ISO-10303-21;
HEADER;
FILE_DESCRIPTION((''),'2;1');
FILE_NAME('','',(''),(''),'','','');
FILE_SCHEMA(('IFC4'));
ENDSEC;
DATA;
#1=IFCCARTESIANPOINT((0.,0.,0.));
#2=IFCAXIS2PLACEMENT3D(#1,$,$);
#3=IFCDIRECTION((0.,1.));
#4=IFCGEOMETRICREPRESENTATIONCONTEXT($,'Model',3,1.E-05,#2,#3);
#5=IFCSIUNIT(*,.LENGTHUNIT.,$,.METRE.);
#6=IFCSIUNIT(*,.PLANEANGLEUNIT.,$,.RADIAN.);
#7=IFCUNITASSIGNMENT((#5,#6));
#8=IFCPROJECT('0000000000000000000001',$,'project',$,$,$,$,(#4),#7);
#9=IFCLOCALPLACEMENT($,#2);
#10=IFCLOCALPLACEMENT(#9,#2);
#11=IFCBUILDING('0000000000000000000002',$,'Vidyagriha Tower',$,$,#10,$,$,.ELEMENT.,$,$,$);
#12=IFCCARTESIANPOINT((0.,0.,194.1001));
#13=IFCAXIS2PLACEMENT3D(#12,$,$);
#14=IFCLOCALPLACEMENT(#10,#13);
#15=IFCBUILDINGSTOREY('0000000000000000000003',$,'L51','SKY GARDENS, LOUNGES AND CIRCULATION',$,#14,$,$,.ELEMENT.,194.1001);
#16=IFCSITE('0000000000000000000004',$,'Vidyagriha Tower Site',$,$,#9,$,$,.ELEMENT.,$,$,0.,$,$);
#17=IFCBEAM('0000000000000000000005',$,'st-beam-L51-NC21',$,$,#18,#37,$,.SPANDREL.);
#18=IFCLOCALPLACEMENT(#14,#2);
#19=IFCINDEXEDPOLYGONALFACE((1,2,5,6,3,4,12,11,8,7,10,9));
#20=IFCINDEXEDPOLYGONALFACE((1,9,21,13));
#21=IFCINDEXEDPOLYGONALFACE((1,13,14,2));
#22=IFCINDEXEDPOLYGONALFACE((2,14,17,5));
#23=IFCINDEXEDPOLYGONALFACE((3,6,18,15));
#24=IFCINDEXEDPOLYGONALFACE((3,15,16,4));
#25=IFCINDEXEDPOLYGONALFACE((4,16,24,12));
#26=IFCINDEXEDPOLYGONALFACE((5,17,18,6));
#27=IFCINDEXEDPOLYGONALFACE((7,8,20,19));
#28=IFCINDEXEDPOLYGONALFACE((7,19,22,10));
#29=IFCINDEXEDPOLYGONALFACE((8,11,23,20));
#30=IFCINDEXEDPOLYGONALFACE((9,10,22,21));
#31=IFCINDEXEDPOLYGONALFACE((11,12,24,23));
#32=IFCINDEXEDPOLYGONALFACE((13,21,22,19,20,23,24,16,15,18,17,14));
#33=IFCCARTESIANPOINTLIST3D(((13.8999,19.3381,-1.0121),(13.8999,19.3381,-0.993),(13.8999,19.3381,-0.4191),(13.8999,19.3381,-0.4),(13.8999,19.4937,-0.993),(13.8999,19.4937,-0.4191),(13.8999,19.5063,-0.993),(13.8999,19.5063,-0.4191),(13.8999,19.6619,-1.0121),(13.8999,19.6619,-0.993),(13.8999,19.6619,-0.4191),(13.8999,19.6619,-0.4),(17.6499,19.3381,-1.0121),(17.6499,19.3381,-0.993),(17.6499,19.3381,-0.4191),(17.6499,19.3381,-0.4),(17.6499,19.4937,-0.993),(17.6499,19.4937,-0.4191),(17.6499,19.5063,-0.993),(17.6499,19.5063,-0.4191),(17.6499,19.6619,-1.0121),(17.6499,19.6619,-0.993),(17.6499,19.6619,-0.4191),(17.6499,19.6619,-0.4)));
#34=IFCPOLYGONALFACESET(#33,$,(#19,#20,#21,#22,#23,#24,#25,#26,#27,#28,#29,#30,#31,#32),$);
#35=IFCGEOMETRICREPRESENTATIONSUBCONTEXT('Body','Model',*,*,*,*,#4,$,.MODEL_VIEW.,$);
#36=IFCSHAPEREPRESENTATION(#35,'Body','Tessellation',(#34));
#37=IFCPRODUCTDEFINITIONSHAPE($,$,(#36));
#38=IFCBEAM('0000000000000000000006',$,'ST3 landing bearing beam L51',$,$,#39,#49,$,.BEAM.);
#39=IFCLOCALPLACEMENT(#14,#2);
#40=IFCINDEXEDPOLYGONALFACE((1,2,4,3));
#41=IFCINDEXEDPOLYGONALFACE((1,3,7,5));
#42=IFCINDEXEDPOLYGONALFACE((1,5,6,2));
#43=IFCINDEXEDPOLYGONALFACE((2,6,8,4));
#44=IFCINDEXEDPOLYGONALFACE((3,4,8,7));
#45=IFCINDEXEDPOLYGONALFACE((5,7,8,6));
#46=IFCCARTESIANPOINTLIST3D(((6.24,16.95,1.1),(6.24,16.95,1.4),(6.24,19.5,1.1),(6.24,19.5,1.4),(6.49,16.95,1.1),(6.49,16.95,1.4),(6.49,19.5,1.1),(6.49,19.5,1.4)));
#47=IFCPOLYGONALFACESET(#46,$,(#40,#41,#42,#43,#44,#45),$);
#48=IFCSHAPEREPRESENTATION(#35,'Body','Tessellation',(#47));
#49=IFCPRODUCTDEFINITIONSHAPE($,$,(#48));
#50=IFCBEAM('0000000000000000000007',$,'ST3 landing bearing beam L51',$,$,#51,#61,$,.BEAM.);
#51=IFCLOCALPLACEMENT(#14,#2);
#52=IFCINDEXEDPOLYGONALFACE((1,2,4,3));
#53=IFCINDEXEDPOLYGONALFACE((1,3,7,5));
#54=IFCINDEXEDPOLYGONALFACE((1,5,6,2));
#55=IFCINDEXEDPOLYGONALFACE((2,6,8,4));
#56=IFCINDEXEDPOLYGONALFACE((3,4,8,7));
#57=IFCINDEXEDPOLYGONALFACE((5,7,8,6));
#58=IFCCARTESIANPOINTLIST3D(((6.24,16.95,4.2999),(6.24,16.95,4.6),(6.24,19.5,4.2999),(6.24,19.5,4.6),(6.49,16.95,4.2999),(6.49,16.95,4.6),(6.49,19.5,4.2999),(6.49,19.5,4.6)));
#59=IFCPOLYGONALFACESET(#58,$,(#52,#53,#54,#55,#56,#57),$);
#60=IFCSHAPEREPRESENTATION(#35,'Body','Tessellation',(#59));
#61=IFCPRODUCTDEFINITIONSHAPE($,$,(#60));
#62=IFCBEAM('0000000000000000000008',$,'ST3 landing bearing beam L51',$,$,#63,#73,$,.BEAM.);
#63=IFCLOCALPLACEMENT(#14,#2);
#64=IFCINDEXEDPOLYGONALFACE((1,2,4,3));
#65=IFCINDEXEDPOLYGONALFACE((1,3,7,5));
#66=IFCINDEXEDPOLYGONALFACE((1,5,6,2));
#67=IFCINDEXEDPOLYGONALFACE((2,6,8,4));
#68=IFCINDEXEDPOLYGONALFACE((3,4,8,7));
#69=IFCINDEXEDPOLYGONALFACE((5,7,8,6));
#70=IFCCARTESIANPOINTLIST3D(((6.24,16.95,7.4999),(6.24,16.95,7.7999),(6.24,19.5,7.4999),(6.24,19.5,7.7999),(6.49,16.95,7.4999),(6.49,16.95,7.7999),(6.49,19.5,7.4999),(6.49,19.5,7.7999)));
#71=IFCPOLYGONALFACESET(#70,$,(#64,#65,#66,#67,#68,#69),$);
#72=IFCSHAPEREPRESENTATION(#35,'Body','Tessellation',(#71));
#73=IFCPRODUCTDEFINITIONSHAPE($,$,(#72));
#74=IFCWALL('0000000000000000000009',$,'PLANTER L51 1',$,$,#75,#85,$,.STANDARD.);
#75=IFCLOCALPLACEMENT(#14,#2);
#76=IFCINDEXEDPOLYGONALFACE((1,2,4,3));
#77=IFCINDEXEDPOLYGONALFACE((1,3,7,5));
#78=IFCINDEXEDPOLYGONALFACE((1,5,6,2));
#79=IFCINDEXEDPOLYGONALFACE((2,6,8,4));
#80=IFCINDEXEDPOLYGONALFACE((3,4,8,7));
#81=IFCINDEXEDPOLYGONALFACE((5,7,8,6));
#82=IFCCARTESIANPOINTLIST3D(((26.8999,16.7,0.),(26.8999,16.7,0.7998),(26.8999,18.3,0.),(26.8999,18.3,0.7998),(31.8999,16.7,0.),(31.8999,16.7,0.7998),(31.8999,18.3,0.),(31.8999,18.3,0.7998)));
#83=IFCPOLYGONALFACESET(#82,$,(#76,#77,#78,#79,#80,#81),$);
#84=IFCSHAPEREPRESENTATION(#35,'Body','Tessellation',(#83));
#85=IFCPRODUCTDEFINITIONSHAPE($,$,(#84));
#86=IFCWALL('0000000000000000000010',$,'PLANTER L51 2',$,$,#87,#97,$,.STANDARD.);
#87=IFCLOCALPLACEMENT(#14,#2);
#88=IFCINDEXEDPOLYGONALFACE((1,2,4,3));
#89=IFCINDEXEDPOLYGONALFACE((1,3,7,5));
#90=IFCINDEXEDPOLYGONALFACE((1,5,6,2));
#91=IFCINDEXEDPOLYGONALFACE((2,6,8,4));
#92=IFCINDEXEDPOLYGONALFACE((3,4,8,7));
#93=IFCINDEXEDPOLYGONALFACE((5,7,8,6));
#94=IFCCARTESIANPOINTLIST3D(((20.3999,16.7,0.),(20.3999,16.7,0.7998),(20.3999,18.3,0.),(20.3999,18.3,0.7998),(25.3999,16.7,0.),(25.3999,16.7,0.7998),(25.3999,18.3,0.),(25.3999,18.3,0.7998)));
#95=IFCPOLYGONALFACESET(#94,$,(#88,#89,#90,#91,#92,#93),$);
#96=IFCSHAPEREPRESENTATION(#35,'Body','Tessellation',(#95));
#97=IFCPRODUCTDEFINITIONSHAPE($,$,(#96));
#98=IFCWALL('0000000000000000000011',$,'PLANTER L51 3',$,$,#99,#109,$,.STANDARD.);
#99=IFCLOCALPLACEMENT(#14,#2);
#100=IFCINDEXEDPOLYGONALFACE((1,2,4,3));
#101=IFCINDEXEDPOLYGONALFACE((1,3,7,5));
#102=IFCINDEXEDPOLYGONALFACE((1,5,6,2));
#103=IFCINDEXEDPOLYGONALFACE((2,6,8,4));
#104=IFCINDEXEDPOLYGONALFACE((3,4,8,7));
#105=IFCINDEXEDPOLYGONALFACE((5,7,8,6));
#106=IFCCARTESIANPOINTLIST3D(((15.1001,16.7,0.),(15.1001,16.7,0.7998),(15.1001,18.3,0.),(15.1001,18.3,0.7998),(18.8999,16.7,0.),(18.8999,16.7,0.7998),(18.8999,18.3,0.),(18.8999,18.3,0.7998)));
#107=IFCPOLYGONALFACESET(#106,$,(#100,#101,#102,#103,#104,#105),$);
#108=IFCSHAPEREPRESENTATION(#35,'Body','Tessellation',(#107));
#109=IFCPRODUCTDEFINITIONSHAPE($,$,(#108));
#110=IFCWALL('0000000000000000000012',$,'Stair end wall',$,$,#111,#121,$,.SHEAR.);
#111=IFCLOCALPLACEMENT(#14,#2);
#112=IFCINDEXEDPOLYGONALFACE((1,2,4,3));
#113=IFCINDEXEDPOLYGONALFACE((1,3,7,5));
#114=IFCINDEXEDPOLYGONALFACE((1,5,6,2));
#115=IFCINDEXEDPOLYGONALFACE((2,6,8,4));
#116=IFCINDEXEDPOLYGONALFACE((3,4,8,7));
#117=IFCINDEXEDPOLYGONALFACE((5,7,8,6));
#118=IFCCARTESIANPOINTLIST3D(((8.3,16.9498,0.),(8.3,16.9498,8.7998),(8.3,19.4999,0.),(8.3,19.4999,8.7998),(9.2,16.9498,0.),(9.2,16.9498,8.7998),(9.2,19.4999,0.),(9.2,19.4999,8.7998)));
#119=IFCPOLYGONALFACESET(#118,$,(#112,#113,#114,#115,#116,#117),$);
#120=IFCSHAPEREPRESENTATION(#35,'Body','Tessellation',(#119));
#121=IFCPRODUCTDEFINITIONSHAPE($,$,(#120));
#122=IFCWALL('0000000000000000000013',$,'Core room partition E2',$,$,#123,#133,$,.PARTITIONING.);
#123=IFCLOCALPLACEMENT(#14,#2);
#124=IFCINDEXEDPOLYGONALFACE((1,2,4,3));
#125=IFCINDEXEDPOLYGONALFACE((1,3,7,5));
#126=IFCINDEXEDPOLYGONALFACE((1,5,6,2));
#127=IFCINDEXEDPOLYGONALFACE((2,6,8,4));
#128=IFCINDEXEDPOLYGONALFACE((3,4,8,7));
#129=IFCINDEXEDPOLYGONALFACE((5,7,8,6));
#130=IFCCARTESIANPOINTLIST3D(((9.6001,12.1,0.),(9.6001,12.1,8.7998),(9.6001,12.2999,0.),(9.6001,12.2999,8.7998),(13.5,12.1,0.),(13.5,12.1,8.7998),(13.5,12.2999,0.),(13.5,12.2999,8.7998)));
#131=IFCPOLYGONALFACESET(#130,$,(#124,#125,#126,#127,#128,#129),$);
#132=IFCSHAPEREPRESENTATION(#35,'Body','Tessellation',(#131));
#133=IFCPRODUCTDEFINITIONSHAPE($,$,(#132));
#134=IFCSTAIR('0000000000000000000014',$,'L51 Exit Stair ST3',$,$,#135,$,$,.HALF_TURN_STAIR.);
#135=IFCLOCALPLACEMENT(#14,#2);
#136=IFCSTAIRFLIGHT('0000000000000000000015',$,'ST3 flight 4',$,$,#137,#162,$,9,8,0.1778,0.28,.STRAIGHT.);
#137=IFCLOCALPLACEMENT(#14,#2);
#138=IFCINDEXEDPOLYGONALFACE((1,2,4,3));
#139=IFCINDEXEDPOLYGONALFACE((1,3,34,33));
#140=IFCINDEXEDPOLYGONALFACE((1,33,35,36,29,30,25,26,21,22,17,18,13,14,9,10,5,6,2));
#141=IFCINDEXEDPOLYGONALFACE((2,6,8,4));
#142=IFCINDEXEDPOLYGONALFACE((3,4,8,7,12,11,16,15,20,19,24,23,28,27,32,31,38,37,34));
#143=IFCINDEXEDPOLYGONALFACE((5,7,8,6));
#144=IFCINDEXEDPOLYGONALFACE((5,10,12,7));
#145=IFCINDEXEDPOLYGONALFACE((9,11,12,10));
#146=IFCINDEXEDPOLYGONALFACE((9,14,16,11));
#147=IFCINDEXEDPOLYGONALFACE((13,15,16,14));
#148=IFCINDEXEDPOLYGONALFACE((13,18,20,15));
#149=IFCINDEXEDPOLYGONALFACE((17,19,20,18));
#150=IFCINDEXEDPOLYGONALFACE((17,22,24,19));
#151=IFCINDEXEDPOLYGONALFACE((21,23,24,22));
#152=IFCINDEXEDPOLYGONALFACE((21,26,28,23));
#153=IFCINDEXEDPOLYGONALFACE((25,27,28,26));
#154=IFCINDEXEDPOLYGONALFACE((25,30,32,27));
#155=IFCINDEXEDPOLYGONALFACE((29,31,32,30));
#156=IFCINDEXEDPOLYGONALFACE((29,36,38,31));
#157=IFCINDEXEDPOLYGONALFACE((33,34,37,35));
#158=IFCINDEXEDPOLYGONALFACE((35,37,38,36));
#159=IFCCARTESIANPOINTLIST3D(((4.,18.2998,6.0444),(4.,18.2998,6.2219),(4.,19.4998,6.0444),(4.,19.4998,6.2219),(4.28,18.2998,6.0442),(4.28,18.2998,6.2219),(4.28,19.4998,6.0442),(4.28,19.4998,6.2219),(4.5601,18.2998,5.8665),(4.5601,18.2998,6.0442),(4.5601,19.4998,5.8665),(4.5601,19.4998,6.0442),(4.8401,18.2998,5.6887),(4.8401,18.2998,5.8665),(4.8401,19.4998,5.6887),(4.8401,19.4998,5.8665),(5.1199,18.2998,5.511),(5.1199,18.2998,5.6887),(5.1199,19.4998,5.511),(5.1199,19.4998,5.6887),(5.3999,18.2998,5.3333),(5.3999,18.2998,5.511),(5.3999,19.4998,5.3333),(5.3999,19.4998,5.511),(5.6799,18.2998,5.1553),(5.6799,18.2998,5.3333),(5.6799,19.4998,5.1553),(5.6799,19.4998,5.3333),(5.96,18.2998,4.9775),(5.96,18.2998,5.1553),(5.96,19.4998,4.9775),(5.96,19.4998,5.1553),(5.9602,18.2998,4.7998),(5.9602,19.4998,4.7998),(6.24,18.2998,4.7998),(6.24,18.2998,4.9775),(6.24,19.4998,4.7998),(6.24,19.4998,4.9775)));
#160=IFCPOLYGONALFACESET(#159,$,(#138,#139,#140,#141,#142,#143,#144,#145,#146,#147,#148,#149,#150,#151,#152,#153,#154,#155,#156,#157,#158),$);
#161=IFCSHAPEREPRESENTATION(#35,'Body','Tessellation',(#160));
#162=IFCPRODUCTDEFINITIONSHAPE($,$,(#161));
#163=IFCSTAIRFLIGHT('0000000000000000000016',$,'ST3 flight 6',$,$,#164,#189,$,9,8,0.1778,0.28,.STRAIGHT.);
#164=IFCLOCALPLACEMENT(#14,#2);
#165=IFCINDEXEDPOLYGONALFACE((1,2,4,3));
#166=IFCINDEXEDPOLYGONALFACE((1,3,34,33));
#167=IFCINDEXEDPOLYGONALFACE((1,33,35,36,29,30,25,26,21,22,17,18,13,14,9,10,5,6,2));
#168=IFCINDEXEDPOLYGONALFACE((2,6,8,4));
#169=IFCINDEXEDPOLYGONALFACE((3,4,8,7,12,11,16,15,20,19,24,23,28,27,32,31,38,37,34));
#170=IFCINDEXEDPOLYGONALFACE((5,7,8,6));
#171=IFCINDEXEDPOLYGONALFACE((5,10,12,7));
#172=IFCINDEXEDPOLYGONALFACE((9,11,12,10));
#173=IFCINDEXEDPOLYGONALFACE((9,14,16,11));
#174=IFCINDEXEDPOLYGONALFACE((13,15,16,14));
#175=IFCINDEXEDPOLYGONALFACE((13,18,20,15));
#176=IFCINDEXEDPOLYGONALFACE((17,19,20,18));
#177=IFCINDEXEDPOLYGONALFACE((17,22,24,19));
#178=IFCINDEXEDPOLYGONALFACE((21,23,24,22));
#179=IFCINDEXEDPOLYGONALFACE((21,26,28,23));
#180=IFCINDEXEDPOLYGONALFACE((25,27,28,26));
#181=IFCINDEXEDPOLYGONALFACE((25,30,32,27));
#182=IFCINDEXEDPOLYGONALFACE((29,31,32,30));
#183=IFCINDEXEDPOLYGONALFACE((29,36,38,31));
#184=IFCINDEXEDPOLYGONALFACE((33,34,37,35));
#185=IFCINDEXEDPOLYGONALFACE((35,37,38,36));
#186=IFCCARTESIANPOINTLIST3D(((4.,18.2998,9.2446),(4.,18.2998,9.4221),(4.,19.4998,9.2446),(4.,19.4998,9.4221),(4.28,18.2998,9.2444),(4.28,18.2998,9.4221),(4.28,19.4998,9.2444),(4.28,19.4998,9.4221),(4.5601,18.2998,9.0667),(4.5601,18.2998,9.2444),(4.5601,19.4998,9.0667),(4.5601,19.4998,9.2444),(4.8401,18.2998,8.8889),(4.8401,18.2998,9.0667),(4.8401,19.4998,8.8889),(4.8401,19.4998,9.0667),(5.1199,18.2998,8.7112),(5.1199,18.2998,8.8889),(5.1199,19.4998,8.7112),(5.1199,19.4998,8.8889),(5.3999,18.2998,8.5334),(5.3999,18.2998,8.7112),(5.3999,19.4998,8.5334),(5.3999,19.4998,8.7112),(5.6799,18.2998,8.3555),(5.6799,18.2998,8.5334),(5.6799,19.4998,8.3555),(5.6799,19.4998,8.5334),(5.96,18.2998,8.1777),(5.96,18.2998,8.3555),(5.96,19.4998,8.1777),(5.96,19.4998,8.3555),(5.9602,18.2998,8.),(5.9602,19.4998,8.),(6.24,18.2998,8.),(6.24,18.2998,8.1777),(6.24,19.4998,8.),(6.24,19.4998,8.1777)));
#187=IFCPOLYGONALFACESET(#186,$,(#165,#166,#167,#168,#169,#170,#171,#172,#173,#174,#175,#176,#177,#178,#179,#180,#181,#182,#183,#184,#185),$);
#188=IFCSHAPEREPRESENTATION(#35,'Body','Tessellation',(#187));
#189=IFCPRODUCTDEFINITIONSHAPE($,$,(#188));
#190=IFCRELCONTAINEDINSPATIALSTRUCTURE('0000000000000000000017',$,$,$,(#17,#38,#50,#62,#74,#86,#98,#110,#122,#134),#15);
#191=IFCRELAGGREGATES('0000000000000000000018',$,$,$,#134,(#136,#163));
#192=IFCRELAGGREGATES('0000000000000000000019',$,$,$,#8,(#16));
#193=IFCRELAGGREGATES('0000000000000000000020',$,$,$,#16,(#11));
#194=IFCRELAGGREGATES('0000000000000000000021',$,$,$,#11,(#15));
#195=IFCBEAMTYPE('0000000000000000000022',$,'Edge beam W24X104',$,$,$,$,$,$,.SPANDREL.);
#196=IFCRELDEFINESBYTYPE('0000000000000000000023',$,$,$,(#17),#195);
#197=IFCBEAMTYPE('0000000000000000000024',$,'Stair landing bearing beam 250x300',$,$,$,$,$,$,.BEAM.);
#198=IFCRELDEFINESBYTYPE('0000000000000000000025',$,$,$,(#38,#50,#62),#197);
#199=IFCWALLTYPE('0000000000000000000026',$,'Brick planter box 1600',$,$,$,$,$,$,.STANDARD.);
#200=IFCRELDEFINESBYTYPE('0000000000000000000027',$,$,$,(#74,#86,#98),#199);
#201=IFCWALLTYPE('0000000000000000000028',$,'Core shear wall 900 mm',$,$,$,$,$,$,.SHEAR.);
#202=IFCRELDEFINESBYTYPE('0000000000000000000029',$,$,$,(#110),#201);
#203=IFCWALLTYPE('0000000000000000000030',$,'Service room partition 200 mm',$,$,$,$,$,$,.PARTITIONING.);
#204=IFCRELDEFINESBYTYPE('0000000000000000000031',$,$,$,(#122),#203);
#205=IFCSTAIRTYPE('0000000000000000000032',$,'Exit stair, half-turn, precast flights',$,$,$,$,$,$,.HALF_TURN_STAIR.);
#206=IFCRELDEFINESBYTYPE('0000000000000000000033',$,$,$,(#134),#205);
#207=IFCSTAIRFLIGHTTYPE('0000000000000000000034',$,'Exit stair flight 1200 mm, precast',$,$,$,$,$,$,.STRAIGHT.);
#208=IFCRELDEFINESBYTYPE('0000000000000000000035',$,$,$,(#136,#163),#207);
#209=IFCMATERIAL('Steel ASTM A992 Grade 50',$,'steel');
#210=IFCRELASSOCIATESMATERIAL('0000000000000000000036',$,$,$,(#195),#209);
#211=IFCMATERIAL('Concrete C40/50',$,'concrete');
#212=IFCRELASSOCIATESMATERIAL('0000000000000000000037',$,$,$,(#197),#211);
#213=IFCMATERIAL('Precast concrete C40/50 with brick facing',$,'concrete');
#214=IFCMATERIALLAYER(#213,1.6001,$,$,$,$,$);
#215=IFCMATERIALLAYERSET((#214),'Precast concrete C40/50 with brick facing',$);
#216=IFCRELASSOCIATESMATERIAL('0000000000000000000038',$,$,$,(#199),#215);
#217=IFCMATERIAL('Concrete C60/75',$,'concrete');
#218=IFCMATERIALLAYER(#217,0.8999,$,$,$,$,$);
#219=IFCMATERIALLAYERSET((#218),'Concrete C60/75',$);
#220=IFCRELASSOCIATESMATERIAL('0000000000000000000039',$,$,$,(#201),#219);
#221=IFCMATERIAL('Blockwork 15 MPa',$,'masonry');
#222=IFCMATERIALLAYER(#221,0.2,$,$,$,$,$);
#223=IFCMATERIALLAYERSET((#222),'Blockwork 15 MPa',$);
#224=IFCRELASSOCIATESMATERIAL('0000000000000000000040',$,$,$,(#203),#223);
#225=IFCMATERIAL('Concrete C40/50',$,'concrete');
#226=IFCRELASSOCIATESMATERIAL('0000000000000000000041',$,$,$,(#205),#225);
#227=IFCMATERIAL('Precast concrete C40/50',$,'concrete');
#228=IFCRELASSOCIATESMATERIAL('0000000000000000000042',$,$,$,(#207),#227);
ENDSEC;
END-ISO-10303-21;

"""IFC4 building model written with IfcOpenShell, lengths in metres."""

from ifc_helpers import new_model, si_unit, direction, frame, frame_2d, origin, origin_2d, place, context, subcontext, project, spatial, polyline, rectangle, i_section, outline, extrude, material, layer, layer_set, material_profile, profile_set, type_object, element, aggregate, save


model = new_model("IFC4")

# Units and contexts
model_context = context("Model", 3, precision=1e-05, world=origin(), true_north=direction((0.0, 1.0)))
body_context = subcontext(model_context, "Body", "Model", "MODEL_VIEW")
ifc_project = project(units=[si_unit("LENGTHUNIT", "METRE"), si_unit("PLANEANGLEUNIT", "RADIAN")], contexts=[model_context])

# Site, building, storey
site_placement = place(None, origin())
site = spatial("IfcSite", under=ifc_project, at=site_placement, Name="Vidyagriha Tower Site", CompositionType="ELEMENT", RefElevation=0.0)
building_placement = place(site_placement, origin())
building = spatial("IfcBuilding", under=site, at=building_placement, Name="Vidyagriha Tower", CompositionType="ELEMENT")
storey_placement = place(building_placement, frame((0.0, 0.0, 194.1001)))
storey = spatial("IfcBuildingStorey", under=building, at=storey_placement, Name="L51", Description="SKY GARDENS, LOUNGES AND CIRCULATION", CompositionType="ELEMENT", Elevation=194.1001)

# Beams
ifc_material_1 = material(Name="Steel ASTM A992 Grade 50", Category="steel")
ifc_material_profile_1 = material_profile(ifc_material_1, i_section(OverallWidth=0.3237, OverallDepth=0.6121, WebThickness=0.0127, FlangeThickness=0.019, at=origin_2d()), Name="W24X104")
ifc_profile_set_1 = profile_set([ifc_material_profile_1], Name="Steel ASTM A992 Grade 50")
beam_type_1 = type_object("IfcBeamType", Name="Edge beam W24X104", PredefinedType="SPANDREL", material=ifc_profile_set_1)
beam_1_placement = place(storey_placement, frame((13.8999, 19.5, -0.7061), z_axis=(1.0, 0.0, 0.0), x_axis=(0.0, 1.0, 0.0)))
element("IfcBeam", 1, at=beam_1_placement, inside=storey, type_object=beam_type_1, Name="st-beam-L51-NC21", PredefinedType="SPANDREL", context=body_context, shape_type="SweptSolid", body=[
    extrude(i_section(OverallWidth=0.3237, OverallDepth=0.6121, WebThickness=0.0127, FlangeThickness=0.019, at=origin_2d()), origin(), (0.0, 0.0, 1.0), 3.75),
])
ifc_material_2 = material(Name="Concrete C40/50", Category="concrete")
ifc_material_profile_2 = material_profile(ifc_material_2, rectangle(XDim=0.25, YDim=0.3, at=origin_2d()), Name="Stair landing bearing beam 250x300")
ifc_profile_set_2 = profile_set([ifc_material_profile_2], Name="Concrete C40/50")
beam_type_2 = type_object("IfcBeamType", Name="Stair landing bearing beam 250x300", PredefinedType="BEAM", material=ifc_profile_set_2)
for number, where, z_axis, x_axis, name in (
    (2, (6.365, 16.95, 1.25), (0.0, 1.0, 0.0), (-1.0, 0.0, 0.0), "ST3 landing bearing beam L51"),
    (3, (6.365, 16.95, 4.45), (0.0, 1.0, 0.0), (-1.0, 0.0, 0.0), "ST3 landing bearing beam L51"),
    (4, (6.365, 16.95, 7.6499), (0.0, 1.0, 0.0), (-1.0, 0.0, 0.0), "ST3 landing bearing beam L51"),
):
    element("IfcBeam", number, at=place(storey_placement, frame(where, z_axis=z_axis, x_axis=x_axis)), inside=storey, type_object=beam_type_2, Name=name, PredefinedType="BEAM", context=body_context, shape_type="SweptSolid", body=[
        extrude(rectangle(XDim=0.25, YDim=0.3, at=origin_2d()), origin(), (0.0, 0.0, 1.0), 2.55),
    ])

# Walls
ifc_material_3 = material(Name="Precast concrete C40/50 with brick facing", Category="concrete")
ifc_layer_1 = layer(ifc_material_3, 1.6001)
ifc_layer_set_1 = layer_set([ifc_layer_1], Name="Precast concrete C40/50 with brick facing")
wall_type_1 = type_object("IfcWallType", Name="Brick planter box 1600", PredefinedType="STANDARD", material=ifc_layer_set_1)
for number, where, z_axis, x_axis, name in (
    (5, (31.8999, 17.5, 0.0), (0.0, 0.0, 1.0), (-1.0, 0.0, 0.0), "PLANTER L51 1"),
    (6, (25.3999, 17.5, 0.0), (0.0, 0.0, 1.0), (-1.0, 0.0, 0.0), "PLANTER L51 2"),
):
    element("IfcWall", number, at=place(storey_placement, frame(where, z_axis=z_axis, x_axis=x_axis)), inside=storey, type_object=wall_type_1, Name=name, PredefinedType="STANDARD", context=body_context, shape_type="SweptSolid", body=[
        extrude(rectangle(XDim=5.0, YDim=1.6001, at=frame_2d((2.5, 0.0))), origin(), (0.0, 0.0, 1.0), 0.7998),
    ])
wall_1_placement = place(storey_placement, frame((18.8999, 17.5, 0.0), z_axis=(0.0, 0.0, 1.0), x_axis=(-1.0, 0.0, 0.0)))
element("IfcWall", 7, at=wall_1_placement, inside=storey, type_object=wall_type_1, Name="PLANTER L51 3", PredefinedType="STANDARD", context=body_context, shape_type="SweptSolid", body=[
    extrude(rectangle(XDim=3.7998, YDim=1.6001, at=frame_2d((1.8999, 0.0))), origin(), (0.0, 0.0, 1.0), 0.7998),
])
ifc_material_4 = material(Name="Concrete C60/75", Category="concrete")
ifc_layer_2 = layer(ifc_material_4, 0.8999)
ifc_layer_set_2 = layer_set([ifc_layer_2], Name="Concrete C60/75")
wall_type_2 = type_object("IfcWallType", Name="Core shear wall 900 mm", PredefinedType="SHEAR", material=ifc_layer_set_2)
wall_2_placement = place(storey_placement, frame((8.75, 16.95, 0.0), z_axis=(0.0, 0.0, 1.0), x_axis=(0.0, 1.0, 0.0)))
element("IfcWall", 8, at=wall_2_placement, inside=storey, type_object=wall_type_2, Name="Stair end wall", PredefinedType="SHEAR", context=body_context, shape_type="SweptSolid", body=[
    extrude(rectangle(XDim=2.55, YDim=0.8999, at=frame_2d((1.2749, 0.0))), origin(), (0.0, 0.0, 1.0), 8.7998),
])
ifc_material_5 = material(Name="Blockwork 15 MPa", Category="masonry")
ifc_layer_3 = layer(ifc_material_5, 0.2)
ifc_layer_set_3 = layer_set([ifc_layer_3], Name="Blockwork 15 MPa")
wall_type_3 = type_object("IfcWallType", Name="Service room partition 200 mm", PredefinedType="PARTITIONING", material=ifc_layer_set_3)
wall_3_placement = place(storey_placement, frame((9.6001, 12.2, 0.0)))
element("IfcWall", 9, at=wall_3_placement, inside=storey, type_object=wall_type_3, Name="Core room partition E2", PredefinedType="PARTITIONING", context=body_context, shape_type="SweptSolid", body=[
    extrude(rectangle(XDim=3.8999, YDim=0.2, at=frame_2d((1.95, 0.0))), origin(), (0.0, 0.0, 1.0), 8.7998),
])

# Stair, stair flights
ifc_material_6 = material(Name="Concrete C40/50", Category="concrete")
stair_type = type_object("IfcStairType", Name="Exit stair, half-turn, precast flights", PredefinedType="HALF_TURN_STAIR", material=ifc_material_6)
stair_placement = place(storey_placement, origin())
stair = element("IfcStair", 10, at=stair_placement, inside=storey, type_object=stair_type, Name="L51 Exit Stair ST3", PredefinedType="HALF_TURN_STAIR")
ifc_material_7 = material(Name="Precast concrete C40/50", Category="concrete")
stair_flight_type = type_object("IfcStairFlightType", Name="Exit stair flight 1200 mm, precast", PredefinedType="STRAIGHT", material=ifc_material_7)
stair_flight_1_placement = place(storey_placement, frame((6.24, 18.8999, 4.7998), z_axis=(0.0, 0.0, 1.0), x_axis=(-1.0, 0.0, 0.0)))
stair_flight_1 = element("IfcStairFlight", 11, at=stair_flight_1_placement, type_object=stair_flight_type, Name="ST3 flight 4", NumberOfRisers=9, NumberOfTreads=8, PredefinedType="STRAIGHT", RiserHeight=0.1778, TreadLength=0.28, context=body_context, shape_type="SweptSolid", body=[
    extrude(outline(polyline([(0.0, 0.0), (0.0, 0.1777), (0.28, 0.1777), (0.28, 0.3555), (0.5601, 0.3555), (0.5601, 0.5334), (0.8401, 0.5334), (0.8401, 0.7112), (1.1201, 0.7112), (1.1201, 0.8889), (1.3999, 0.8889), (1.3999, 1.0667), (1.6799, 1.0667), (1.6799, 1.2444), (1.96, 1.2444), (1.96, 1.4221), (2.24, 1.4221), (2.24, 1.6001), (2.24, 1.2446), (0.2798, 0.0), (0.0, 0.0)])), frame((0.0, 0.6001, 0.0), z_axis=(0.0, -1.0, 0.0), x_axis=(1.0, 0.0, 0.0)), (0.0, 0.0, 1.0), 1.2),
])
stair_flight_2_placement = place(storey_placement, frame((6.24, 18.8999, 8.0), z_axis=(0.0, 0.0, 1.0), x_axis=(-1.0, 0.0, 0.0)))
stair_flight_2 = element("IfcStairFlight", 12, at=stair_flight_2_placement, type_object=stair_flight_type, Name="ST3 flight 6", NumberOfRisers=9, NumberOfTreads=8, PredefinedType="STRAIGHT", RiserHeight=0.1778, TreadLength=0.28, context=body_context, shape_type="SweptSolid", body=[
    extrude(outline(polyline([(0.0, 0.0), (0.0, 0.1777), (0.28, 0.1777), (0.28, 0.3555), (0.5601, 0.3555), (0.5601, 0.5334), (0.8401, 0.5334), (0.8401, 0.7112), (1.1201, 0.7112), (1.1201, 0.8889), (1.3999, 0.8889), (1.3999, 1.0667), (1.6799, 1.0667), (1.6799, 1.2444), (1.96, 1.2444), (1.96, 1.4221), (2.24, 1.4221), (2.24, 1.6001), (2.24, 1.2446), (0.2798, 0.0), (0.0, 0.0)])), frame((0.0, 0.6001, 0.0), z_axis=(0.0, -1.0, 0.0), x_axis=(1.0, 0.0, 0.0)), (0.0, 0.0, 1.0), 1.2),
])
aggregate(stair, [stair_flight_1, stair_flight_2])

save(model, "model.ifc")
